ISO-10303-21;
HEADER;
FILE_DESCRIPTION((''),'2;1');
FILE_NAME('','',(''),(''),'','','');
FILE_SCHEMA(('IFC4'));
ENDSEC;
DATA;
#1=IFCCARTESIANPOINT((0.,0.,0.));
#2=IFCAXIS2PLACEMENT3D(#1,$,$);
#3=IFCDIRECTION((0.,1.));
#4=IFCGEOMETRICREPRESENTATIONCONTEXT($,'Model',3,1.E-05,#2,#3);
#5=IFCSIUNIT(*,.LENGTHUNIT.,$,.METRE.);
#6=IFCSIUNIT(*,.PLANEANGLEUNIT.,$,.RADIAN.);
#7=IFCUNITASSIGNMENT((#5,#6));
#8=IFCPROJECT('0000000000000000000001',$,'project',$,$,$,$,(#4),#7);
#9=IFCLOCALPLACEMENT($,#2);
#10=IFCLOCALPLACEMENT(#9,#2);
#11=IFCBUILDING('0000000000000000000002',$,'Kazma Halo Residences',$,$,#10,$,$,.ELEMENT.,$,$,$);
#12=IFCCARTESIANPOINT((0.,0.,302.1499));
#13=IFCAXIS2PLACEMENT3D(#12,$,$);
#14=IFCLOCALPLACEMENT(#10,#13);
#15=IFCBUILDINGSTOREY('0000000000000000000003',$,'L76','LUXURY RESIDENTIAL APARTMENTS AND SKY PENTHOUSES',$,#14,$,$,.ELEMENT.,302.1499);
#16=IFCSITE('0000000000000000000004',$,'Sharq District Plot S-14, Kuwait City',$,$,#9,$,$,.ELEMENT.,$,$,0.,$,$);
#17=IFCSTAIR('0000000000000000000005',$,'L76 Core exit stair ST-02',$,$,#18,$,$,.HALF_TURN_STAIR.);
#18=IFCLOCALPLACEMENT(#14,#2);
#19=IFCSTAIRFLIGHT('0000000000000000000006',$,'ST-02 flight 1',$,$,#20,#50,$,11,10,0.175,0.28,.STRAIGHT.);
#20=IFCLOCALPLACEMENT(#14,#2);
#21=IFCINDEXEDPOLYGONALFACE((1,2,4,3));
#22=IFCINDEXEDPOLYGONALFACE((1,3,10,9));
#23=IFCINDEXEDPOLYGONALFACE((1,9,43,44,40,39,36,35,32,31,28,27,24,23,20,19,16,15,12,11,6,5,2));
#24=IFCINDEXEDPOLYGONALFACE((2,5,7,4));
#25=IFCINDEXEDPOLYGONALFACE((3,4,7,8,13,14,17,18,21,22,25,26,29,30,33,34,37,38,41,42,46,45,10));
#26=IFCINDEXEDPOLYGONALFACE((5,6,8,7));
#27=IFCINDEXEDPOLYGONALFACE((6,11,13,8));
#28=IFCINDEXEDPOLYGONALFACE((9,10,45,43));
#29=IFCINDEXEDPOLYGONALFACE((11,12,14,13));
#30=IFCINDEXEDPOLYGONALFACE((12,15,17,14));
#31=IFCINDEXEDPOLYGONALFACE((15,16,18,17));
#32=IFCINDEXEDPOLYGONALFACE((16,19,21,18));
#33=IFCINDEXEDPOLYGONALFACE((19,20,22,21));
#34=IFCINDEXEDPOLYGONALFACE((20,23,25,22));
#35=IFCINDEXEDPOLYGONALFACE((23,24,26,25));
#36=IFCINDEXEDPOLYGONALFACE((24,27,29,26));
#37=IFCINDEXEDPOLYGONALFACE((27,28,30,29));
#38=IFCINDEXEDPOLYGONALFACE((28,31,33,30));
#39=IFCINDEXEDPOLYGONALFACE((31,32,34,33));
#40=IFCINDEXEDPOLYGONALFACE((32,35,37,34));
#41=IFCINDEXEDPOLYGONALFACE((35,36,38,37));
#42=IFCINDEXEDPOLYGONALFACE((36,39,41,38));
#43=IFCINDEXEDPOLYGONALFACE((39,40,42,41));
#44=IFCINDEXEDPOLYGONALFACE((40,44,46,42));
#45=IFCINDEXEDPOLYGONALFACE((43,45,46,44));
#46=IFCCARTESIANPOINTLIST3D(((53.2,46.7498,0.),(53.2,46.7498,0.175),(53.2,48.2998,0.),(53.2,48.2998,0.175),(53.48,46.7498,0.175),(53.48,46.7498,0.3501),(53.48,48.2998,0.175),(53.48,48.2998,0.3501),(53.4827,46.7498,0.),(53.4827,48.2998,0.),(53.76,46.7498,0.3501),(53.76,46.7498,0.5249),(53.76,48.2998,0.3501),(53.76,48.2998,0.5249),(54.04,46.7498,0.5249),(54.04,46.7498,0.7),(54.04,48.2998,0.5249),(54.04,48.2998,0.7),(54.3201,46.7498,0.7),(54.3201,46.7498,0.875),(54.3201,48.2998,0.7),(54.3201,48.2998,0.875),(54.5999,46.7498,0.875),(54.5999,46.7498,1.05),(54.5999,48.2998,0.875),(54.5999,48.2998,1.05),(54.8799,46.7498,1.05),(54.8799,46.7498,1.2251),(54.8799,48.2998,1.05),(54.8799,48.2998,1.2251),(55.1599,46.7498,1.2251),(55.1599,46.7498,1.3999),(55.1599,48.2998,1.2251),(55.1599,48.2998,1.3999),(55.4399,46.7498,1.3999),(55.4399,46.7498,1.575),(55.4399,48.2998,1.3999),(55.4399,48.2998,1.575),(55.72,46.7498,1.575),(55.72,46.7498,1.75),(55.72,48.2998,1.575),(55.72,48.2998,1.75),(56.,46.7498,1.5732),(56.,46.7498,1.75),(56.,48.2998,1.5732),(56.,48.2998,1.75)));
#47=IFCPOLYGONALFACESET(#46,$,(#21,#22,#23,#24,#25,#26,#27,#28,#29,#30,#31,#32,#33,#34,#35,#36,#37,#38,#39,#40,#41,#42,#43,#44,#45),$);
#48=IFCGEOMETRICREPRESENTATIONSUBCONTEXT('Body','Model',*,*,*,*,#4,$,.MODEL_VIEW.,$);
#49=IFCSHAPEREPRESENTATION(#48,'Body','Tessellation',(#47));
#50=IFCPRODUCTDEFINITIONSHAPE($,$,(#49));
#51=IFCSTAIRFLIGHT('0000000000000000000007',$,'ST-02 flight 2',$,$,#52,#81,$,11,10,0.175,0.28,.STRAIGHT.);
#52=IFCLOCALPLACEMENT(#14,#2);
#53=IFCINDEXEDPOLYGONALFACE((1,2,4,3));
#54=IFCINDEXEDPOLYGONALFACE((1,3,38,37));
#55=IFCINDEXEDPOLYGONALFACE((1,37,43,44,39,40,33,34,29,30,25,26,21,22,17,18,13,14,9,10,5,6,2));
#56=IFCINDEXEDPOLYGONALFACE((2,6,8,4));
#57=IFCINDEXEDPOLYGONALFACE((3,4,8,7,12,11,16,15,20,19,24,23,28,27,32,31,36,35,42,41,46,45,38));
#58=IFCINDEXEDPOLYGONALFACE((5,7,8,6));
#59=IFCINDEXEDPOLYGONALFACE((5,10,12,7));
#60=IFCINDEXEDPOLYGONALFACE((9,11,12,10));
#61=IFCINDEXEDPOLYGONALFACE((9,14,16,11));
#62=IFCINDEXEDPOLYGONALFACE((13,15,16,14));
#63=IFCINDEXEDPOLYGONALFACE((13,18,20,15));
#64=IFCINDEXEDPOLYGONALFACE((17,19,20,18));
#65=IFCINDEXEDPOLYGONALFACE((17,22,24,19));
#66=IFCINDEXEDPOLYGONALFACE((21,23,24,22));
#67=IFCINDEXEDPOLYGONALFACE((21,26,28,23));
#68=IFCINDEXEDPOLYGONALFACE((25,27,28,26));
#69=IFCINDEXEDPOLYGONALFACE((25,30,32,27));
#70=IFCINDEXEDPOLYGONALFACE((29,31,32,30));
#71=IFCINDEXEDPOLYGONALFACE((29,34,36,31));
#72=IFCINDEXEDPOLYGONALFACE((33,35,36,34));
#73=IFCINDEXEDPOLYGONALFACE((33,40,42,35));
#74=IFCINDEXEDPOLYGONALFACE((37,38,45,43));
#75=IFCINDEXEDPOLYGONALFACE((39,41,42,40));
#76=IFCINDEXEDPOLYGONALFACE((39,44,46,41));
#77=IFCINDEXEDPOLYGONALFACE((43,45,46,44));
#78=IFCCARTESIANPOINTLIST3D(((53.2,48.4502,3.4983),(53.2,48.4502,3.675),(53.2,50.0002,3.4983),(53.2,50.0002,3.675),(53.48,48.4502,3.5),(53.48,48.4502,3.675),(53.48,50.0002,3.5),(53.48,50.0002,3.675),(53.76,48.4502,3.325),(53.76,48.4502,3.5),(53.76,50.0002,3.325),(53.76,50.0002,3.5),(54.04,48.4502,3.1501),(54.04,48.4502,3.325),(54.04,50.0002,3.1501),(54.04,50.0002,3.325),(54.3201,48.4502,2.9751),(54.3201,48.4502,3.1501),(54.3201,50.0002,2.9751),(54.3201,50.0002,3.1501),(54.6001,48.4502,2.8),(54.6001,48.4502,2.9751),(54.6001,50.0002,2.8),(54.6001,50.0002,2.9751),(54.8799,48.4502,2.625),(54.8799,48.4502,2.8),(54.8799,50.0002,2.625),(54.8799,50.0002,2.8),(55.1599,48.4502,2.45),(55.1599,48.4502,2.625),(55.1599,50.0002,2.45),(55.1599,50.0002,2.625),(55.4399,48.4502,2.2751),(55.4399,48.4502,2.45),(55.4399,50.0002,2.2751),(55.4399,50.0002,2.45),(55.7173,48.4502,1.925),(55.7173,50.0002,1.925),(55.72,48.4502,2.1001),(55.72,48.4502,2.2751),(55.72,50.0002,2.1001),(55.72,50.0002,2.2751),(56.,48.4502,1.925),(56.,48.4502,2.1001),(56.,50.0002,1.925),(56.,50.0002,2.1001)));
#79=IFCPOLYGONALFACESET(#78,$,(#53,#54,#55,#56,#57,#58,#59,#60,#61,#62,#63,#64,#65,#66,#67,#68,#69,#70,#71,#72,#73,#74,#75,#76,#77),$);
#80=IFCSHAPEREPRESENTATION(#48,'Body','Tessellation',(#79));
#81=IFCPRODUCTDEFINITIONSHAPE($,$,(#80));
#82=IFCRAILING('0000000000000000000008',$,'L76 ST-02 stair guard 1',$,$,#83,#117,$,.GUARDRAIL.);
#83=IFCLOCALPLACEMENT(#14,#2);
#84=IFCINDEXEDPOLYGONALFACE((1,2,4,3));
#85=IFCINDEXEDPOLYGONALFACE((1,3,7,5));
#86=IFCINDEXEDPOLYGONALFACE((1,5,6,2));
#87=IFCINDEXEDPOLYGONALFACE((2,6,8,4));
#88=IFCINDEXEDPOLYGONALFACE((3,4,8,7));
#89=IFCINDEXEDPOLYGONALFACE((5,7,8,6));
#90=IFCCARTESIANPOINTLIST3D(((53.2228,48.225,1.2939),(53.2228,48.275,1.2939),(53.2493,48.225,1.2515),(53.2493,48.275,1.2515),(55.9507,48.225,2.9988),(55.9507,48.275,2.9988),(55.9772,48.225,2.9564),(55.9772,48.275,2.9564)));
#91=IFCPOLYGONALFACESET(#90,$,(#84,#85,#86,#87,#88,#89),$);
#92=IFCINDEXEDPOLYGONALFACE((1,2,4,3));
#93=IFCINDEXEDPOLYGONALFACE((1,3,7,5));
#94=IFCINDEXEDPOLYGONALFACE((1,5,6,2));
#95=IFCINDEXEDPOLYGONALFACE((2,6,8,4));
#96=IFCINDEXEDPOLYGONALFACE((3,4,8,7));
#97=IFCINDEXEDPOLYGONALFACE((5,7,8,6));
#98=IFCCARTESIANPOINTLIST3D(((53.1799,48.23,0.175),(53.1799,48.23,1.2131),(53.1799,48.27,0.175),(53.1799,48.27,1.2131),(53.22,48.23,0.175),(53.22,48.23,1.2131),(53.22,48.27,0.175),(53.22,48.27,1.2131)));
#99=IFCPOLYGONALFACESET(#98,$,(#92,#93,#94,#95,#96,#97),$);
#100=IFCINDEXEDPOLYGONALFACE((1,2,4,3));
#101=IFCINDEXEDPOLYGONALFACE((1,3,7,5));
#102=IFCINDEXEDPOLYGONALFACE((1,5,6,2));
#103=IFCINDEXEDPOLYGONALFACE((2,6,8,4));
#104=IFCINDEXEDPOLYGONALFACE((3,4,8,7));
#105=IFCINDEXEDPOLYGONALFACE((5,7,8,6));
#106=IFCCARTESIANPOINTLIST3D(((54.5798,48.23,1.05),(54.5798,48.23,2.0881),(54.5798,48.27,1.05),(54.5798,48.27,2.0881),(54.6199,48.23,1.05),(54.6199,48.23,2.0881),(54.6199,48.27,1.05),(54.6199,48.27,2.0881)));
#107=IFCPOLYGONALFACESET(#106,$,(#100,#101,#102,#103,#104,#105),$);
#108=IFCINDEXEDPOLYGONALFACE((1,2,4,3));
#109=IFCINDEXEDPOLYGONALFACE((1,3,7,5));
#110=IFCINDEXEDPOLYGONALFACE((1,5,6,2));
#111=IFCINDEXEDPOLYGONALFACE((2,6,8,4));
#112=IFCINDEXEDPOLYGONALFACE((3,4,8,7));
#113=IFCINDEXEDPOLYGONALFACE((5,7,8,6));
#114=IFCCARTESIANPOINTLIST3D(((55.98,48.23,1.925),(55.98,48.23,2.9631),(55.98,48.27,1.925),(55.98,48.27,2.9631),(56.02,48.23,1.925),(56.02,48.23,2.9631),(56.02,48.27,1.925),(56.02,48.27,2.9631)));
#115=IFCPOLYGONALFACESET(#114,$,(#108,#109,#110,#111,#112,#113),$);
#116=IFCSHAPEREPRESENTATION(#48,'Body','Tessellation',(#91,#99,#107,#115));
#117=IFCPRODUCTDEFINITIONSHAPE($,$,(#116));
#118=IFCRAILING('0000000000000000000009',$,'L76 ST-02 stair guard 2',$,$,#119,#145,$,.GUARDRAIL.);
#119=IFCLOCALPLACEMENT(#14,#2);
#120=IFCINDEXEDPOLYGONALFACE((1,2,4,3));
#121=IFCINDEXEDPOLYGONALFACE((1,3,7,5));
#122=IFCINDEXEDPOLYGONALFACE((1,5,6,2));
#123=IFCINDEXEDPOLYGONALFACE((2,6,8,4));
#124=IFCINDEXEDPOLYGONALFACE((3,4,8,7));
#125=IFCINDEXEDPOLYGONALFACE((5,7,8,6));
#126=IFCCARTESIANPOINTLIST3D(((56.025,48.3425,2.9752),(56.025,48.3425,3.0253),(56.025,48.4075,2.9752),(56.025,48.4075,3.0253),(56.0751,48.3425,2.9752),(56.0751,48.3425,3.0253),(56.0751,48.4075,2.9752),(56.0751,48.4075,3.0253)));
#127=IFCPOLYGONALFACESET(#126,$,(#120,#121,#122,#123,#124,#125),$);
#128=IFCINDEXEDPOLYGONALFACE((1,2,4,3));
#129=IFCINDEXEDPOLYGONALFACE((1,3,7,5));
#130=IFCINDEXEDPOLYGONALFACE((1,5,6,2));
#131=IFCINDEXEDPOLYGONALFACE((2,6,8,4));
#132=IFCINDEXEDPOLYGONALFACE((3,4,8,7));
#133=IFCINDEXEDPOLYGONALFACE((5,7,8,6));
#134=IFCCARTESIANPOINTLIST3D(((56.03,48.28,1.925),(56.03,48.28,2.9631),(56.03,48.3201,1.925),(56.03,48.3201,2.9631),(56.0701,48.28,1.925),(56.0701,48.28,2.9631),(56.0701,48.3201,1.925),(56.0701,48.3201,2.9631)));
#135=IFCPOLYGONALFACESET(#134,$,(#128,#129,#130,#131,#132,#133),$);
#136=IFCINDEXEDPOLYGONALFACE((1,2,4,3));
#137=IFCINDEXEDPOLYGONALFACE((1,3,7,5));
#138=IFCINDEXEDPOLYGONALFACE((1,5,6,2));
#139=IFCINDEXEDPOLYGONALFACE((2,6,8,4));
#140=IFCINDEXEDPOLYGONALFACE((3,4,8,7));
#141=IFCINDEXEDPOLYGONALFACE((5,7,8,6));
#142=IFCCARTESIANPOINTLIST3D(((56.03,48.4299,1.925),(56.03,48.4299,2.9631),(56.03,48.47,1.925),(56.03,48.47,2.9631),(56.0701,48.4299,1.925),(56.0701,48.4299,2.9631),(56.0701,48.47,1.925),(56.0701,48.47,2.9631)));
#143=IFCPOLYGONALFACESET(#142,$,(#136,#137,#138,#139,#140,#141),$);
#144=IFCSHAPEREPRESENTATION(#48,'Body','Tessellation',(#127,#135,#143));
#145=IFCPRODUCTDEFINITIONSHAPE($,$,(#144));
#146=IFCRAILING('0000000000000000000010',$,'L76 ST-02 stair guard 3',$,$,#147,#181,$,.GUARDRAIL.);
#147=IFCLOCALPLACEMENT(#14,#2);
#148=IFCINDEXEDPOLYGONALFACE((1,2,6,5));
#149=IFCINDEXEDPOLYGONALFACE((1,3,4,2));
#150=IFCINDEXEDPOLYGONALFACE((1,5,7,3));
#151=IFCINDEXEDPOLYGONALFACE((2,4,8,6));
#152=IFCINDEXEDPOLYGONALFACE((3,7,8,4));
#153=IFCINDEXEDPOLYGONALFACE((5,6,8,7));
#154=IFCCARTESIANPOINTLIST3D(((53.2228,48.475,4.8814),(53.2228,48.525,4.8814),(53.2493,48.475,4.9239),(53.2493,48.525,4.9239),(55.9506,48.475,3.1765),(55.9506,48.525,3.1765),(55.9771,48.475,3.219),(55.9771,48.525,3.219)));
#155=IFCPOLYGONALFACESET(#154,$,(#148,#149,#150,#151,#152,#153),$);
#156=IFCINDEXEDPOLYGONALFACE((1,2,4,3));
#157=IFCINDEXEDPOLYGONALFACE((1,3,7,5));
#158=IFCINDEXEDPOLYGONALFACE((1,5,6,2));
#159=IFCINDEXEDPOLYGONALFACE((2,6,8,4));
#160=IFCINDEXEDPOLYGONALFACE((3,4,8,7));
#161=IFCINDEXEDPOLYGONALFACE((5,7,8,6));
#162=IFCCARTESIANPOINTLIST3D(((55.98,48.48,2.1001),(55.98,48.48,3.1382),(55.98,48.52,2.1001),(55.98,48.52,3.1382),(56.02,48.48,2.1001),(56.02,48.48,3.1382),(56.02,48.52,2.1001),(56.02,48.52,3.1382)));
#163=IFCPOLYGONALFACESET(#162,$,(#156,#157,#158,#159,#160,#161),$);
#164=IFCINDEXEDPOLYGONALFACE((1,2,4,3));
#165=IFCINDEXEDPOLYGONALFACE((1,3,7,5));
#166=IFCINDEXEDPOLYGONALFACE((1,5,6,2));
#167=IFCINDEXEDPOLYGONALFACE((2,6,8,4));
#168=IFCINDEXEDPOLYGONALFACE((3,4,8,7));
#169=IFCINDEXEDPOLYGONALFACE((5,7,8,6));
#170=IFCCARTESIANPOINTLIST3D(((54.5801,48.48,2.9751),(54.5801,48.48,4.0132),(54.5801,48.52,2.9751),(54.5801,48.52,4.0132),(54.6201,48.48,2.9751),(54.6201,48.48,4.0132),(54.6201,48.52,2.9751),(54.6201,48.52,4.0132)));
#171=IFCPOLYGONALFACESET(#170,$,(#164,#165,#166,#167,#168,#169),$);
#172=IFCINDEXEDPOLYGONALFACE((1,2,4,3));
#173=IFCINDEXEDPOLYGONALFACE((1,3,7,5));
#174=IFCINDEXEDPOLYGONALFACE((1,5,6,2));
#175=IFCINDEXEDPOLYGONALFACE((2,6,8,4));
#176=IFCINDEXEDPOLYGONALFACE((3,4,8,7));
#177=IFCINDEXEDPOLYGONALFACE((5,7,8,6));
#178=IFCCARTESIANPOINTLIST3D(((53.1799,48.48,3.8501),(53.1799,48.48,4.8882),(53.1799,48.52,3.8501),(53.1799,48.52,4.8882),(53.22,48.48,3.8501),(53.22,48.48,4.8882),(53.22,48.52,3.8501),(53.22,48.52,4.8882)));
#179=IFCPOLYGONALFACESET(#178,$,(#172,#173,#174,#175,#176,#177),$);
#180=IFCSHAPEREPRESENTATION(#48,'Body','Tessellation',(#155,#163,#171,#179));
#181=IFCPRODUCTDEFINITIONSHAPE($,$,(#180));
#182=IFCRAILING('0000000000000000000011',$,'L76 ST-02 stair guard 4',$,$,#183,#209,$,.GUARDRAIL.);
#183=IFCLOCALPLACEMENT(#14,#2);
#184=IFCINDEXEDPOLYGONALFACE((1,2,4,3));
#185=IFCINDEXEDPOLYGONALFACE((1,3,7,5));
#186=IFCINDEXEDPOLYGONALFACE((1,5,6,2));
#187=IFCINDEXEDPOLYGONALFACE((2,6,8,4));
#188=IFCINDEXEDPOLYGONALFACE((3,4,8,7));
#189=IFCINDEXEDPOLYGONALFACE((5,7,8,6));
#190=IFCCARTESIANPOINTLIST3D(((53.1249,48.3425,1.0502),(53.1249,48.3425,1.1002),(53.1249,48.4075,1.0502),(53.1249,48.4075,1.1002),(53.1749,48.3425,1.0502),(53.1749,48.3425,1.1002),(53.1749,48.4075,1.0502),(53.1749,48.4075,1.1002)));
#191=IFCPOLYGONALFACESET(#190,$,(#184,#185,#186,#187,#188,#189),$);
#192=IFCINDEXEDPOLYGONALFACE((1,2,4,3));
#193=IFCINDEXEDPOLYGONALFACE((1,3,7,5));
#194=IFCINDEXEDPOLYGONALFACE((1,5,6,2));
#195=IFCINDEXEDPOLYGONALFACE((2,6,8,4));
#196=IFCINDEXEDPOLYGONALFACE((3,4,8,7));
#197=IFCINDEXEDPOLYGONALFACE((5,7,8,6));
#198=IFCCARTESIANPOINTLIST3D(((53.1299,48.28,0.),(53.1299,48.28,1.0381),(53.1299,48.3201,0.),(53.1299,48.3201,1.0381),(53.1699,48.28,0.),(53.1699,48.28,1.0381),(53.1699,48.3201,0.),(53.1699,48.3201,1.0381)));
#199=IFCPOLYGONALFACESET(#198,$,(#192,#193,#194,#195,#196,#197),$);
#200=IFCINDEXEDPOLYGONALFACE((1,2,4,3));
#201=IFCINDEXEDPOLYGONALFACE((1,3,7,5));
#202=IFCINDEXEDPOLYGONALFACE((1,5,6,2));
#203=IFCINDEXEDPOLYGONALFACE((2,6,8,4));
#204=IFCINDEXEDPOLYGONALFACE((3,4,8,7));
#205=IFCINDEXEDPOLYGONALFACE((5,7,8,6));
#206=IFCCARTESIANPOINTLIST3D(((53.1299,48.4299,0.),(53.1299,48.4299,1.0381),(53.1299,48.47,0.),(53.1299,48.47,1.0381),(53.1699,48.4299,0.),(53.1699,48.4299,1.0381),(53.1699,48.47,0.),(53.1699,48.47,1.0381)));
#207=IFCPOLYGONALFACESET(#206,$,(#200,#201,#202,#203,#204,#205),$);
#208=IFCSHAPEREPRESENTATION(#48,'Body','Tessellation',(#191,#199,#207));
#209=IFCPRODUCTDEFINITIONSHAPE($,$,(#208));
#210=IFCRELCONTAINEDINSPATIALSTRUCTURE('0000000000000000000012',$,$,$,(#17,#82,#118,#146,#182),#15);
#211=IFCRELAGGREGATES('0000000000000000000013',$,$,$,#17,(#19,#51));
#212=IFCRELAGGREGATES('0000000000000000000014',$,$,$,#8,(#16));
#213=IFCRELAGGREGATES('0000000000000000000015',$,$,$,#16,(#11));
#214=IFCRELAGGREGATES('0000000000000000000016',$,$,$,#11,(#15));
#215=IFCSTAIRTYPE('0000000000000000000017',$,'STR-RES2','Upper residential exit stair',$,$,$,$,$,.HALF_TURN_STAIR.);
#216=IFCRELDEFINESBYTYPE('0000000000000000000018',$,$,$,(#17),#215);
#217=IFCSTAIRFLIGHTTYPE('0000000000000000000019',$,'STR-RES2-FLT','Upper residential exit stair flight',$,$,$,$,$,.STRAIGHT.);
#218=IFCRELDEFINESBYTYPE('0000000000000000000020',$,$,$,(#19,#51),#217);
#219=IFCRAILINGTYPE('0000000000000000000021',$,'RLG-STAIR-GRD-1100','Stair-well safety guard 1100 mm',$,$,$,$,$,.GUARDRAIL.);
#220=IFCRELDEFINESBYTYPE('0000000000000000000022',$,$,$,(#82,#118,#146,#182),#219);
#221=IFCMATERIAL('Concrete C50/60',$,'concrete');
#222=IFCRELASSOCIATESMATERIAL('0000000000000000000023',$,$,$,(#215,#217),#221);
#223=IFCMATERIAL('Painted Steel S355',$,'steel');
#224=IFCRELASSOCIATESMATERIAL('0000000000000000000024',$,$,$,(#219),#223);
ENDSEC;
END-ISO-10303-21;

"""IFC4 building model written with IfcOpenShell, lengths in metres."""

from ifc_helpers import new_model, si_unit, direction, frame, origin, origin_2d, place, context, subcontext, project, spatial, polyline, rectangle, outline, extrude, material, type_object, element, aggregate, save


model = new_model("IFC4")

# Units and contexts
model_context = context("Model", 3, precision=1e-05, world=origin(), true_north=direction((0.0, 1.0)))
body_context = subcontext(model_context, "Body", "Model", "MODEL_VIEW")
ifc_project = project(units=[si_unit("LENGTHUNIT", "METRE"), si_unit("PLANEANGLEUNIT", "RADIAN")], contexts=[model_context])

# Site, building, storey
site_placement = place(None, origin())
site = spatial("IfcSite", under=ifc_project, at=site_placement, Name="Sharq District Plot S-14, Kuwait City", CompositionType="ELEMENT", RefElevation=0.0)
building_placement = place(site_placement, origin())
building = spatial("IfcBuilding", under=site, at=building_placement, Name="Kazma Halo Residences", CompositionType="ELEMENT")
storey_placement = place(building_placement, frame((0.0, 0.0, 302.1499)))
storey = spatial("IfcBuildingStorey", under=building, at=storey_placement, Name="L76", Description="LUXURY RESIDENTIAL APARTMENTS AND SKY PENTHOUSES", CompositionType="ELEMENT", Elevation=302.1499)

# Shared definitions
ifc_material_1 = material(Name="Concrete C50/60", Category="concrete")

# Stair, stair flights
stair_type = type_object("IfcStairType", Name="STR-RES2", Description="Upper residential exit stair", PredefinedType="HALF_TURN_STAIR", material=ifc_material_1)
stair_placement = place(storey_placement, origin())
stair = element("IfcStair", 1, at=stair_placement, inside=storey, type_object=stair_type, Name="L76 Core exit stair ST-02", PredefinedType="HALF_TURN_STAIR")
stair_flight_type = type_object("IfcStairFlightType", Name="STR-RES2-FLT", Description="Upper residential exit stair flight", PredefinedType="STRAIGHT", material=ifc_material_1)
stair_flight_1_placement = place(storey_placement, frame((53.2, 47.5249, 0.0), z_axis=(0.0, 0.0, 1.0), x_axis=(1.0, 0.0, 0.0)))
stair_flight_1 = element("IfcStairFlight", 2, at=stair_flight_1_placement, type_object=stair_flight_type, Name="ST-02 flight 1", NumberOfRisers=11, NumberOfTreads=10, PredefinedType="STRAIGHT", RiserHeight=0.175, TreadLength=0.28, context=body_context, shape_type="SweptSolid", body=[
    extrude(outline(polyline([(0.0, 0.0), (0.0, 0.175), (0.28, 0.175), (0.28, 0.3501), (0.5601, 0.3501), (0.5601, 0.5249), (0.8401, 0.5249), (0.8401, 0.7), (1.1201, 0.7), (1.1201, 0.875), (1.3999, 0.875), (1.3999, 1.05), (1.6799, 1.05), (1.6799, 1.2251), (1.96, 1.2251), (1.96, 1.3999), (2.24, 1.3999), (2.24, 1.575), (2.52, 1.575), (2.52, 1.75), (2.8, 1.75), (2.8, 1.925), (2.8, 1.5732), (0.2827, 0.0), (0.0, 0.0)])), frame((0.0, 0.7749, 0.0), z_axis=(0.0, -1.0, 0.0), x_axis=(1.0, 0.0, 0.0)), (0.0, 0.0, 1.0), 1.55),
])
stair_flight_2_placement = place(storey_placement, frame((56.0, 49.2251, 1.925), z_axis=(0.0, 0.0, 1.0), x_axis=(-1.0, 0.0, 0.0)))
stair_flight_2 = element("IfcStairFlight", 3, at=stair_flight_2_placement, type_object=stair_flight_type, Name="ST-02 flight 2", NumberOfRisers=11, NumberOfTreads=10, PredefinedType="STRAIGHT", RiserHeight=0.175, TreadLength=0.28, context=body_context, shape_type="SweptSolid", body=[
    extrude(outline(polyline([(0.0, 0.0), (0.0, 0.175), (0.28, 0.175), (0.28, 0.3501), (0.5601, 0.3501), (0.5601, 0.5249), (0.8401, 0.5249), (0.8401, 0.7), (1.1201, 0.7), (1.1201, 0.875), (1.3999, 0.875), (1.3999, 1.05), (1.6799, 1.05), (1.6799, 1.2251), (1.96, 1.2251), (1.96, 1.3999), (2.24, 1.3999), (2.24, 1.575), (2.52, 1.575), (2.52, 1.75), (2.8, 1.75), (2.8, 1.925), (2.8, 1.5732), (0.2827, 0.0), (0.0, 0.0)])), frame((0.0, 0.7749, 0.0), z_axis=(0.0, -1.0, 0.0), x_axis=(1.0, 0.0, 0.0)), (0.0, 0.0, 1.0), 1.55),
])
aggregate(stair, [stair_flight_1, stair_flight_2])

# Railings
ifc_material_2 = material(Name="Painted Steel S355", Category="steel")
railing_type_1 = type_object("IfcRailingType", Name="RLG-STAIR-GRD-1100", Description="Stair-well safety guard 1100 mm", PredefinedType="GUARDRAIL", material=ifc_material_2)
railing_1_placement = place(storey_placement, frame((53.2, 48.25, 0.175)))
element("IfcRailing", 4, at=railing_1_placement, inside=storey, type_object=railing_type_1, Name="L76 ST-02 stair guard 1", PredefinedType="GUARDRAIL", context=body_context, shape_type="SweptSolid", body=[
    extrude(rectangle(XDim=0.05, YDim=0.05, at=origin_2d()), frame((0.0361, 0.0, 1.0977), z_axis=(0.848002, 0.0, 0.529992), x_axis=(0.0, 1.0, 0.0)), (0.0, 0.0, 1.0), 3.2168),
    extrude(rectangle(XDim=0.04, YDim=0.04, at=origin_2d()), origin(), (0.0, 0.0, 1.0), 1.0381),
    extrude(rectangle(XDim=0.04, YDim=0.04, at=origin_2d()), frame((1.3999, 0.0, 0.875)), (0.0, 0.0, 1.0), 1.0381),
    extrude(rectangle(XDim=0.04, YDim=0.04, at=origin_2d()), frame((2.8, 0.0, 1.75)), (0.0, 0.0, 1.0), 1.0381),
])
railing_2_placement = place(storey_placement, frame((56.05, 48.3, 1.925)))
element("IfcRailing", 5, at=railing_2_placement, inside=storey, type_object=railing_type_1, Name="L76 ST-02 stair guard 2", PredefinedType="GUARDRAIL", context=body_context, shape_type="SweptSolid", body=[
    extrude(rectangle(XDim=0.05, YDim=0.05, at=origin_2d()), frame((0.0, 0.0425, 1.0752), z_axis=(0.0, 1.0, 0.0), x_axis=(-1.0, 0.0, 0.0)), (0.0, 0.0, 1.0), 0.0649),
    extrude(rectangle(XDim=0.04, YDim=0.04, at=origin_2d()), origin(), (0.0, 0.0, 1.0), 1.0381),
    extrude(rectangle(XDim=0.04, YDim=0.04, at=origin_2d()), frame((0.0, 0.1499, 0.0)), (0.0, 0.0, 1.0), 1.0381),
])
railing_3_placement = place(storey_placement, frame((56.0, 48.5, 2.1001)))
element("IfcRailing", 6, at=railing_3_placement, inside=storey, type_object=railing_type_1, Name="L76 ST-02 stair guard 3", PredefinedType="GUARDRAIL", context=body_context, shape_type="SweptSolid", body=[
    extrude(rectangle(XDim=0.05, YDim=0.05, at=origin_2d()), frame((-0.0361, 0.0, 1.0977), z_axis=(-0.848002, 0.0, 0.529992), x_axis=(0.0, -1.0, 0.0)), (0.0, 0.0, 1.0), 3.2168),
    extrude(rectangle(XDim=0.04, YDim=0.04, at=origin_2d()), origin(), (0.0, 0.0, 1.0), 1.0381),
    extrude(rectangle(XDim=0.04, YDim=0.04, at=origin_2d()), frame((-1.3999, 0.0, 0.875)), (0.0, 0.0, 1.0), 1.0381),
    extrude(rectangle(XDim=0.04, YDim=0.04, at=origin_2d()), frame((-2.8, 0.0, 1.75)), (0.0, 0.0, 1.0), 1.0381),
])
railing_4_placement = place(storey_placement, frame((53.1499, 48.3, 0.0)))
element("IfcRailing", 7, at=railing_4_placement, inside=storey, type_object=railing_type_1, Name="L76 ST-02 stair guard 4", PredefinedType="GUARDRAIL", context=body_context, shape_type="SweptSolid", body=[
    extrude(rectangle(XDim=0.05, YDim=0.05, at=origin_2d()), frame((0.0, 0.0425, 1.0752), z_axis=(0.0, 1.0, 0.0), x_axis=(-1.0, 0.0, 0.0)), (0.0, 0.0, 1.0), 0.0649),
    extrude(rectangle(XDim=0.04, YDim=0.04, at=origin_2d()), origin(), (0.0, 0.0, 1.0), 1.0381),
    extrude(rectangle(XDim=0.04, YDim=0.04, at=origin_2d()), frame((0.0, 0.1499, 0.0)), (0.0, 0.0, 1.0), 1.0381),
])

save(model, "model.ifc")
